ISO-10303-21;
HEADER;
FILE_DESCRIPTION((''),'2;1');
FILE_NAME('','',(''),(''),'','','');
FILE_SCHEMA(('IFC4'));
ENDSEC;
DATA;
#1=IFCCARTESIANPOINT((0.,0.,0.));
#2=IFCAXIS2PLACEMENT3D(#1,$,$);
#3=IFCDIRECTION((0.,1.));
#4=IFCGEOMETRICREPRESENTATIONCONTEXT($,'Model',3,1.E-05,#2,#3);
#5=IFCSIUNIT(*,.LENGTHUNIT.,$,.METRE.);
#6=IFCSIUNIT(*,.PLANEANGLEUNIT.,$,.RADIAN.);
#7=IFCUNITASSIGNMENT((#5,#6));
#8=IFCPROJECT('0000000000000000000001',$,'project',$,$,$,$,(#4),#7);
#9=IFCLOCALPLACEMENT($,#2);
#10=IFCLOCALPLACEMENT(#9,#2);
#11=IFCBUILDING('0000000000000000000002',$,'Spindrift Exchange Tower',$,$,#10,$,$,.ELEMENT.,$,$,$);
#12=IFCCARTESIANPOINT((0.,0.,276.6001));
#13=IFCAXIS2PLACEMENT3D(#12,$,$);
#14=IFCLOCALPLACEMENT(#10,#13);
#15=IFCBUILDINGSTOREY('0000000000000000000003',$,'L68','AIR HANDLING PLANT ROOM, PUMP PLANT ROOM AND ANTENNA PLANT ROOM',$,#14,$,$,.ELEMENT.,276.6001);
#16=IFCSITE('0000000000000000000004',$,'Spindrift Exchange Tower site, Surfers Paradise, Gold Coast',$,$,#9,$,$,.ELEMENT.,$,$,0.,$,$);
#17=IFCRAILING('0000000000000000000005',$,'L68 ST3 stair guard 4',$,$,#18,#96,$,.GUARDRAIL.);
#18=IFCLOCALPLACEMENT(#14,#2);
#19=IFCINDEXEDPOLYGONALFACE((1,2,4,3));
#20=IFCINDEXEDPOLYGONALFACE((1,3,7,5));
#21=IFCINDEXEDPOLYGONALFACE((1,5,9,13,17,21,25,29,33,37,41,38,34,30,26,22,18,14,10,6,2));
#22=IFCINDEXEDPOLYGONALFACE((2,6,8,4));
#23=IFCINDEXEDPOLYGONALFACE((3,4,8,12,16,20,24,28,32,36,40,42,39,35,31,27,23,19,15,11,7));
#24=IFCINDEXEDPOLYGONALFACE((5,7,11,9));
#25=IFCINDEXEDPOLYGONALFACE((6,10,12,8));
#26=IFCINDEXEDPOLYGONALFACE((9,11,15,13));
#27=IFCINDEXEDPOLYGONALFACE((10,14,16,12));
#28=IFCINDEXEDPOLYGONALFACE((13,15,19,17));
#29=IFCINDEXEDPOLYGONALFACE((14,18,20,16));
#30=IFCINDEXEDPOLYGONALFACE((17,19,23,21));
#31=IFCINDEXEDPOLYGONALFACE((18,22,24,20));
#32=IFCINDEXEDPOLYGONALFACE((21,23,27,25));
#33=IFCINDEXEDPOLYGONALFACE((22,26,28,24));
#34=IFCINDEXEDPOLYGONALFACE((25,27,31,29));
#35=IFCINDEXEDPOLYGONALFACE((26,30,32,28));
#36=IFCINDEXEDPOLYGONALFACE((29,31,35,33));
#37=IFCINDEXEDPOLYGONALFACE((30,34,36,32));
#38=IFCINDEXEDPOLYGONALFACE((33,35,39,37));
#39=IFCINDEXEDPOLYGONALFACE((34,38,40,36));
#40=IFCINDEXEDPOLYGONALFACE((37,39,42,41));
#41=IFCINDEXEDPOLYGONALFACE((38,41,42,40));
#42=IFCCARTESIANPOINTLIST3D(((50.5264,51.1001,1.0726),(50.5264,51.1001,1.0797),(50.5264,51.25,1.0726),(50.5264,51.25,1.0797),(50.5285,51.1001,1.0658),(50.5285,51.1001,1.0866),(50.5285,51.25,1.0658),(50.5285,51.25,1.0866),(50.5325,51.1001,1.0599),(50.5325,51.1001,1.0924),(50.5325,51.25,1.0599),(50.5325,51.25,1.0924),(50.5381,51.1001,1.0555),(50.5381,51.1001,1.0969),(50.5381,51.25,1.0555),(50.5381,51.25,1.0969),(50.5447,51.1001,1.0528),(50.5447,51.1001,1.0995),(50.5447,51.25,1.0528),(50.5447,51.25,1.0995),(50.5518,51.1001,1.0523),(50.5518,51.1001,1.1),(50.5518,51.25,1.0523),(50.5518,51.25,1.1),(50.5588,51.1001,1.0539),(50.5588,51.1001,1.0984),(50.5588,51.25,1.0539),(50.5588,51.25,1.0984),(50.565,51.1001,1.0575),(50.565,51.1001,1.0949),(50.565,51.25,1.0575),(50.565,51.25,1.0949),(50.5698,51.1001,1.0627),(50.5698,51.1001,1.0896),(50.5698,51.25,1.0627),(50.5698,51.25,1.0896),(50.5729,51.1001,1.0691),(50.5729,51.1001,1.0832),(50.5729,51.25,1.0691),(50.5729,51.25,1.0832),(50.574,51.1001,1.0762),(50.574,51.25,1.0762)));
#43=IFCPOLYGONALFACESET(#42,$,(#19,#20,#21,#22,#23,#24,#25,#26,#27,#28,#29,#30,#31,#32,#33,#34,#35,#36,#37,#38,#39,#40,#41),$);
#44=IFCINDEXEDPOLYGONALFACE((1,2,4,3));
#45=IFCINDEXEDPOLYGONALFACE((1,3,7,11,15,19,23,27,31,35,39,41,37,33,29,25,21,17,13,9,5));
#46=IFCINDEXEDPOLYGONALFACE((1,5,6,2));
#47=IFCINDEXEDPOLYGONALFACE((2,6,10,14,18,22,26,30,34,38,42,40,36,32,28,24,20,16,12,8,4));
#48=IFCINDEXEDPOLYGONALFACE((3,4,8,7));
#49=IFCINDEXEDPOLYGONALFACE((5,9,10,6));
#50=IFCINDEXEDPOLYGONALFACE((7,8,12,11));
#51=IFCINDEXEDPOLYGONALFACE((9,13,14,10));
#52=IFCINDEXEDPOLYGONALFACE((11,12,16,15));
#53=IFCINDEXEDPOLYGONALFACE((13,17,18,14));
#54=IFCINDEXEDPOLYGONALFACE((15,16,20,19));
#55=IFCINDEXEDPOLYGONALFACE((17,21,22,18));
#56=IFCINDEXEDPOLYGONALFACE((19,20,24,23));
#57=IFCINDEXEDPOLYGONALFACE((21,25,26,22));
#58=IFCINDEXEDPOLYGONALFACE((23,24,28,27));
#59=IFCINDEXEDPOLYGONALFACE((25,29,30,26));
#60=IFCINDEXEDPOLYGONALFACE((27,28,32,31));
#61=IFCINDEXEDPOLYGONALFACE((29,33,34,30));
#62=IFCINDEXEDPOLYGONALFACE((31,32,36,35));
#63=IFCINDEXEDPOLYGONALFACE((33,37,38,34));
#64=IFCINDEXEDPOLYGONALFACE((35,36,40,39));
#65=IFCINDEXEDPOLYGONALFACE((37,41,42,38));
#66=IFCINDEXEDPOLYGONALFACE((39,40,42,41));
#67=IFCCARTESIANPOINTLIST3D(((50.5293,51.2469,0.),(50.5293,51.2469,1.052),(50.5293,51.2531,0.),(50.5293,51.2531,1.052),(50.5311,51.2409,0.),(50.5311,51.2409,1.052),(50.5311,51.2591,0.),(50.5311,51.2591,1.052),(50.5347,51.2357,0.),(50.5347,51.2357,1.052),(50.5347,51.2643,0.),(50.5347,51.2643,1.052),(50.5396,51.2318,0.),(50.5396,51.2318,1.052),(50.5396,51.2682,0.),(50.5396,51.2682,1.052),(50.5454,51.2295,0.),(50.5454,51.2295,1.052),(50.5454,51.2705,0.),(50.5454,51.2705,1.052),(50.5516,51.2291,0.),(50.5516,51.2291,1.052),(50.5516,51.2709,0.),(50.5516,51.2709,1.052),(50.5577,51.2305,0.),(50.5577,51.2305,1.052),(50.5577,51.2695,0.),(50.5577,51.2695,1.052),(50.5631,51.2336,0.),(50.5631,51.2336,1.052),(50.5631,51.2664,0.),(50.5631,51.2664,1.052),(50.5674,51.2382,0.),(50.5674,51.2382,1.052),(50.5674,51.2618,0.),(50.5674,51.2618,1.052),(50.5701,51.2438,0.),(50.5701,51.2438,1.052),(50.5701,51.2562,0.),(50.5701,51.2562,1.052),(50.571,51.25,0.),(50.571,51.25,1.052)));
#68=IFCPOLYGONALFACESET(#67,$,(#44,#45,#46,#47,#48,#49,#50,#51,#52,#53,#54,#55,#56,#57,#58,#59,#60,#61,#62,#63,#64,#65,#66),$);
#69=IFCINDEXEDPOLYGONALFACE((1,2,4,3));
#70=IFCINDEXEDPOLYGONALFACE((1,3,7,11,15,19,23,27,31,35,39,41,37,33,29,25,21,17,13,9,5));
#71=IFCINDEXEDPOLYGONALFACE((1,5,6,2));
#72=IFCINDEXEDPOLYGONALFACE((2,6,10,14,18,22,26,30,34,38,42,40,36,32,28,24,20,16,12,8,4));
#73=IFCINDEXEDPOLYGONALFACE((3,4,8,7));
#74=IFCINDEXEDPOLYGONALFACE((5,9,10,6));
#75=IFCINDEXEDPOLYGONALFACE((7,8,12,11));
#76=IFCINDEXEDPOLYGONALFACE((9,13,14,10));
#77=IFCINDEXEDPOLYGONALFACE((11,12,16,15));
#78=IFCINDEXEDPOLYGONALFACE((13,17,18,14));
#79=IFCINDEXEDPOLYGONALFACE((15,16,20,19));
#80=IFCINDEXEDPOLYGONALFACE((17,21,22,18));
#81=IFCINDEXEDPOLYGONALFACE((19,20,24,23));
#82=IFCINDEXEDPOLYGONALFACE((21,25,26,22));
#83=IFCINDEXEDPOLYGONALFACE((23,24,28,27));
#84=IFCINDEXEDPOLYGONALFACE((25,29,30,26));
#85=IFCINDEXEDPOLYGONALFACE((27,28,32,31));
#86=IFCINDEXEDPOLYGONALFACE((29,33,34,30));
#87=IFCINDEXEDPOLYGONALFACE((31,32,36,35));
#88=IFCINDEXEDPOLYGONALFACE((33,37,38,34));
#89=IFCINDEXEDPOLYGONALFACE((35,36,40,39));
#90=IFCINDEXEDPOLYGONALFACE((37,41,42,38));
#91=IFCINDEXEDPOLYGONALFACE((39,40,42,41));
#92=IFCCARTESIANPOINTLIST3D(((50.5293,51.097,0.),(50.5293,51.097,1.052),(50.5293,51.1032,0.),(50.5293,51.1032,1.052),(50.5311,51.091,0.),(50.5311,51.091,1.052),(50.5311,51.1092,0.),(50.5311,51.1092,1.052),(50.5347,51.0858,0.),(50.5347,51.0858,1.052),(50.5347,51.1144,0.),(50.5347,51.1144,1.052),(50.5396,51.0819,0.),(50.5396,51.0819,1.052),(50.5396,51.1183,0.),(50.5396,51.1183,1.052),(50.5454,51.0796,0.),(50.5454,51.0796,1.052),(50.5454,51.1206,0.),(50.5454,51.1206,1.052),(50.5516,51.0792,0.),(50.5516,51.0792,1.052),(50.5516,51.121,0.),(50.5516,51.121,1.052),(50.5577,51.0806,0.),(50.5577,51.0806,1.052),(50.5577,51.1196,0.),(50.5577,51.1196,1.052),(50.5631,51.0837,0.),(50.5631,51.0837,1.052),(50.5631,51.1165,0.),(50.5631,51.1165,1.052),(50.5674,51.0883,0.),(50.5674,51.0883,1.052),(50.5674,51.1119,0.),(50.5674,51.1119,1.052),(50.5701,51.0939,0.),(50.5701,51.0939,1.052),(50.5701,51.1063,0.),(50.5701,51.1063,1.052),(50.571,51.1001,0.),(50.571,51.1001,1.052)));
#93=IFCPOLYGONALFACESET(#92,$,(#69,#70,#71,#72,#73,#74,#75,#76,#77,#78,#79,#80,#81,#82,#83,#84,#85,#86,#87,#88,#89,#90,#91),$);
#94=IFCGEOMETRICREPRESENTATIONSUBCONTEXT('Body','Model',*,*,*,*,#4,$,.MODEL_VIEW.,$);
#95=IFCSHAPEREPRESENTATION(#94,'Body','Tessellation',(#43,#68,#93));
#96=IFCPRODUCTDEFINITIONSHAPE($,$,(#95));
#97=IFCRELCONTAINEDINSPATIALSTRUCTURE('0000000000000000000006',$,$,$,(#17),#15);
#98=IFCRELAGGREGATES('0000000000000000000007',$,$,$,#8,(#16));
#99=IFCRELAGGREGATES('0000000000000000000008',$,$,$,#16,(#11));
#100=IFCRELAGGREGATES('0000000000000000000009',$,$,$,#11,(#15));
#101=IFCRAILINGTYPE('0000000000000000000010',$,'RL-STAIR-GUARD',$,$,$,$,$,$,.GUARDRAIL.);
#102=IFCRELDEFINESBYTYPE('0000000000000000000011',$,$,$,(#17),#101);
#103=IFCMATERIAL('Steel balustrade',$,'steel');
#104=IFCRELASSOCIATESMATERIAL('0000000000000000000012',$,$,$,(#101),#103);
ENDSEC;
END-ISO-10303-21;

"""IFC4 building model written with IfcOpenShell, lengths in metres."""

from ifc_helpers import new_model, si_unit, direction, frame, origin, origin_2d, place, context, subcontext, project, spatial, circle, extrude, material, type_object, element, save


model = new_model("IFC4")

# Units and contexts
model_context = context("Model", 3, precision=1e-05, world=origin(), true_north=direction((0.0, 1.0)))
body_context = subcontext(model_context, "Body", "Model", "MODEL_VIEW")
ifc_project = project(units=[si_unit("LENGTHUNIT", "METRE"), si_unit("PLANEANGLEUNIT", "RADIAN")], contexts=[model_context])

# Site, building, storey
site_placement = place(None, origin())
site = spatial("IfcSite", under=ifc_project, at=site_placement, Name="Spindrift Exchange Tower site, Surfers Paradise, Gold Coast", CompositionType="ELEMENT", RefElevation=0.0)
building_placement = place(site_placement, origin())
building = spatial("IfcBuilding", under=site, at=building_placement, Name="Spindrift Exchange Tower", CompositionType="ELEMENT")
storey_placement = place(building_placement, frame((0.0, 0.0, 276.6001)))
storey = spatial("IfcBuildingStorey", under=building, at=storey_placement, Name="L68", Description="AIR HANDLING PLANT ROOM, PUMP PLANT ROOM AND ANTENNA PLANT ROOM", CompositionType="ELEMENT", Elevation=276.6001)

# Railing
ifc_material_1 = material(Name="Steel balustrade", Category="steel")
railing_type_1 = type_object("IfcRailingType", Name="RL-STAIR-GUARD", PredefinedType="GUARDRAIL", material=ifc_material_1)
railing_1_placement = place(storey_placement, frame((50.55, 51.25, 0.0)))
element("IfcRailing", 1, at=railing_1_placement, inside=storey, type_object=railing_type_1, Name="L68 ST3 stair guard 4", PredefinedType="GUARDRAIL", context=body_context, shape_type="SweptSolid", body=[
    extrude(circle(Radius=0.0239, at=origin_2d()), frame((0.0, 0.0, 1.0762), z_axis=(0.0, -1.0, 0.0), x_axis=(1.0, 0.0, 0.0)), (0.0, 0.0, 1.0), 0.1499),
    extrude(circle(Radius=0.021, at=origin_2d()), origin(), (0.0, 0.0, 1.0), 1.052),
    extrude(circle(Radius=0.021, at=origin_2d()), frame((0.0, -0.1499, 0.0)), (0.0, 0.0, 1.0), 1.052),
])

save(model, "model.ifc")
